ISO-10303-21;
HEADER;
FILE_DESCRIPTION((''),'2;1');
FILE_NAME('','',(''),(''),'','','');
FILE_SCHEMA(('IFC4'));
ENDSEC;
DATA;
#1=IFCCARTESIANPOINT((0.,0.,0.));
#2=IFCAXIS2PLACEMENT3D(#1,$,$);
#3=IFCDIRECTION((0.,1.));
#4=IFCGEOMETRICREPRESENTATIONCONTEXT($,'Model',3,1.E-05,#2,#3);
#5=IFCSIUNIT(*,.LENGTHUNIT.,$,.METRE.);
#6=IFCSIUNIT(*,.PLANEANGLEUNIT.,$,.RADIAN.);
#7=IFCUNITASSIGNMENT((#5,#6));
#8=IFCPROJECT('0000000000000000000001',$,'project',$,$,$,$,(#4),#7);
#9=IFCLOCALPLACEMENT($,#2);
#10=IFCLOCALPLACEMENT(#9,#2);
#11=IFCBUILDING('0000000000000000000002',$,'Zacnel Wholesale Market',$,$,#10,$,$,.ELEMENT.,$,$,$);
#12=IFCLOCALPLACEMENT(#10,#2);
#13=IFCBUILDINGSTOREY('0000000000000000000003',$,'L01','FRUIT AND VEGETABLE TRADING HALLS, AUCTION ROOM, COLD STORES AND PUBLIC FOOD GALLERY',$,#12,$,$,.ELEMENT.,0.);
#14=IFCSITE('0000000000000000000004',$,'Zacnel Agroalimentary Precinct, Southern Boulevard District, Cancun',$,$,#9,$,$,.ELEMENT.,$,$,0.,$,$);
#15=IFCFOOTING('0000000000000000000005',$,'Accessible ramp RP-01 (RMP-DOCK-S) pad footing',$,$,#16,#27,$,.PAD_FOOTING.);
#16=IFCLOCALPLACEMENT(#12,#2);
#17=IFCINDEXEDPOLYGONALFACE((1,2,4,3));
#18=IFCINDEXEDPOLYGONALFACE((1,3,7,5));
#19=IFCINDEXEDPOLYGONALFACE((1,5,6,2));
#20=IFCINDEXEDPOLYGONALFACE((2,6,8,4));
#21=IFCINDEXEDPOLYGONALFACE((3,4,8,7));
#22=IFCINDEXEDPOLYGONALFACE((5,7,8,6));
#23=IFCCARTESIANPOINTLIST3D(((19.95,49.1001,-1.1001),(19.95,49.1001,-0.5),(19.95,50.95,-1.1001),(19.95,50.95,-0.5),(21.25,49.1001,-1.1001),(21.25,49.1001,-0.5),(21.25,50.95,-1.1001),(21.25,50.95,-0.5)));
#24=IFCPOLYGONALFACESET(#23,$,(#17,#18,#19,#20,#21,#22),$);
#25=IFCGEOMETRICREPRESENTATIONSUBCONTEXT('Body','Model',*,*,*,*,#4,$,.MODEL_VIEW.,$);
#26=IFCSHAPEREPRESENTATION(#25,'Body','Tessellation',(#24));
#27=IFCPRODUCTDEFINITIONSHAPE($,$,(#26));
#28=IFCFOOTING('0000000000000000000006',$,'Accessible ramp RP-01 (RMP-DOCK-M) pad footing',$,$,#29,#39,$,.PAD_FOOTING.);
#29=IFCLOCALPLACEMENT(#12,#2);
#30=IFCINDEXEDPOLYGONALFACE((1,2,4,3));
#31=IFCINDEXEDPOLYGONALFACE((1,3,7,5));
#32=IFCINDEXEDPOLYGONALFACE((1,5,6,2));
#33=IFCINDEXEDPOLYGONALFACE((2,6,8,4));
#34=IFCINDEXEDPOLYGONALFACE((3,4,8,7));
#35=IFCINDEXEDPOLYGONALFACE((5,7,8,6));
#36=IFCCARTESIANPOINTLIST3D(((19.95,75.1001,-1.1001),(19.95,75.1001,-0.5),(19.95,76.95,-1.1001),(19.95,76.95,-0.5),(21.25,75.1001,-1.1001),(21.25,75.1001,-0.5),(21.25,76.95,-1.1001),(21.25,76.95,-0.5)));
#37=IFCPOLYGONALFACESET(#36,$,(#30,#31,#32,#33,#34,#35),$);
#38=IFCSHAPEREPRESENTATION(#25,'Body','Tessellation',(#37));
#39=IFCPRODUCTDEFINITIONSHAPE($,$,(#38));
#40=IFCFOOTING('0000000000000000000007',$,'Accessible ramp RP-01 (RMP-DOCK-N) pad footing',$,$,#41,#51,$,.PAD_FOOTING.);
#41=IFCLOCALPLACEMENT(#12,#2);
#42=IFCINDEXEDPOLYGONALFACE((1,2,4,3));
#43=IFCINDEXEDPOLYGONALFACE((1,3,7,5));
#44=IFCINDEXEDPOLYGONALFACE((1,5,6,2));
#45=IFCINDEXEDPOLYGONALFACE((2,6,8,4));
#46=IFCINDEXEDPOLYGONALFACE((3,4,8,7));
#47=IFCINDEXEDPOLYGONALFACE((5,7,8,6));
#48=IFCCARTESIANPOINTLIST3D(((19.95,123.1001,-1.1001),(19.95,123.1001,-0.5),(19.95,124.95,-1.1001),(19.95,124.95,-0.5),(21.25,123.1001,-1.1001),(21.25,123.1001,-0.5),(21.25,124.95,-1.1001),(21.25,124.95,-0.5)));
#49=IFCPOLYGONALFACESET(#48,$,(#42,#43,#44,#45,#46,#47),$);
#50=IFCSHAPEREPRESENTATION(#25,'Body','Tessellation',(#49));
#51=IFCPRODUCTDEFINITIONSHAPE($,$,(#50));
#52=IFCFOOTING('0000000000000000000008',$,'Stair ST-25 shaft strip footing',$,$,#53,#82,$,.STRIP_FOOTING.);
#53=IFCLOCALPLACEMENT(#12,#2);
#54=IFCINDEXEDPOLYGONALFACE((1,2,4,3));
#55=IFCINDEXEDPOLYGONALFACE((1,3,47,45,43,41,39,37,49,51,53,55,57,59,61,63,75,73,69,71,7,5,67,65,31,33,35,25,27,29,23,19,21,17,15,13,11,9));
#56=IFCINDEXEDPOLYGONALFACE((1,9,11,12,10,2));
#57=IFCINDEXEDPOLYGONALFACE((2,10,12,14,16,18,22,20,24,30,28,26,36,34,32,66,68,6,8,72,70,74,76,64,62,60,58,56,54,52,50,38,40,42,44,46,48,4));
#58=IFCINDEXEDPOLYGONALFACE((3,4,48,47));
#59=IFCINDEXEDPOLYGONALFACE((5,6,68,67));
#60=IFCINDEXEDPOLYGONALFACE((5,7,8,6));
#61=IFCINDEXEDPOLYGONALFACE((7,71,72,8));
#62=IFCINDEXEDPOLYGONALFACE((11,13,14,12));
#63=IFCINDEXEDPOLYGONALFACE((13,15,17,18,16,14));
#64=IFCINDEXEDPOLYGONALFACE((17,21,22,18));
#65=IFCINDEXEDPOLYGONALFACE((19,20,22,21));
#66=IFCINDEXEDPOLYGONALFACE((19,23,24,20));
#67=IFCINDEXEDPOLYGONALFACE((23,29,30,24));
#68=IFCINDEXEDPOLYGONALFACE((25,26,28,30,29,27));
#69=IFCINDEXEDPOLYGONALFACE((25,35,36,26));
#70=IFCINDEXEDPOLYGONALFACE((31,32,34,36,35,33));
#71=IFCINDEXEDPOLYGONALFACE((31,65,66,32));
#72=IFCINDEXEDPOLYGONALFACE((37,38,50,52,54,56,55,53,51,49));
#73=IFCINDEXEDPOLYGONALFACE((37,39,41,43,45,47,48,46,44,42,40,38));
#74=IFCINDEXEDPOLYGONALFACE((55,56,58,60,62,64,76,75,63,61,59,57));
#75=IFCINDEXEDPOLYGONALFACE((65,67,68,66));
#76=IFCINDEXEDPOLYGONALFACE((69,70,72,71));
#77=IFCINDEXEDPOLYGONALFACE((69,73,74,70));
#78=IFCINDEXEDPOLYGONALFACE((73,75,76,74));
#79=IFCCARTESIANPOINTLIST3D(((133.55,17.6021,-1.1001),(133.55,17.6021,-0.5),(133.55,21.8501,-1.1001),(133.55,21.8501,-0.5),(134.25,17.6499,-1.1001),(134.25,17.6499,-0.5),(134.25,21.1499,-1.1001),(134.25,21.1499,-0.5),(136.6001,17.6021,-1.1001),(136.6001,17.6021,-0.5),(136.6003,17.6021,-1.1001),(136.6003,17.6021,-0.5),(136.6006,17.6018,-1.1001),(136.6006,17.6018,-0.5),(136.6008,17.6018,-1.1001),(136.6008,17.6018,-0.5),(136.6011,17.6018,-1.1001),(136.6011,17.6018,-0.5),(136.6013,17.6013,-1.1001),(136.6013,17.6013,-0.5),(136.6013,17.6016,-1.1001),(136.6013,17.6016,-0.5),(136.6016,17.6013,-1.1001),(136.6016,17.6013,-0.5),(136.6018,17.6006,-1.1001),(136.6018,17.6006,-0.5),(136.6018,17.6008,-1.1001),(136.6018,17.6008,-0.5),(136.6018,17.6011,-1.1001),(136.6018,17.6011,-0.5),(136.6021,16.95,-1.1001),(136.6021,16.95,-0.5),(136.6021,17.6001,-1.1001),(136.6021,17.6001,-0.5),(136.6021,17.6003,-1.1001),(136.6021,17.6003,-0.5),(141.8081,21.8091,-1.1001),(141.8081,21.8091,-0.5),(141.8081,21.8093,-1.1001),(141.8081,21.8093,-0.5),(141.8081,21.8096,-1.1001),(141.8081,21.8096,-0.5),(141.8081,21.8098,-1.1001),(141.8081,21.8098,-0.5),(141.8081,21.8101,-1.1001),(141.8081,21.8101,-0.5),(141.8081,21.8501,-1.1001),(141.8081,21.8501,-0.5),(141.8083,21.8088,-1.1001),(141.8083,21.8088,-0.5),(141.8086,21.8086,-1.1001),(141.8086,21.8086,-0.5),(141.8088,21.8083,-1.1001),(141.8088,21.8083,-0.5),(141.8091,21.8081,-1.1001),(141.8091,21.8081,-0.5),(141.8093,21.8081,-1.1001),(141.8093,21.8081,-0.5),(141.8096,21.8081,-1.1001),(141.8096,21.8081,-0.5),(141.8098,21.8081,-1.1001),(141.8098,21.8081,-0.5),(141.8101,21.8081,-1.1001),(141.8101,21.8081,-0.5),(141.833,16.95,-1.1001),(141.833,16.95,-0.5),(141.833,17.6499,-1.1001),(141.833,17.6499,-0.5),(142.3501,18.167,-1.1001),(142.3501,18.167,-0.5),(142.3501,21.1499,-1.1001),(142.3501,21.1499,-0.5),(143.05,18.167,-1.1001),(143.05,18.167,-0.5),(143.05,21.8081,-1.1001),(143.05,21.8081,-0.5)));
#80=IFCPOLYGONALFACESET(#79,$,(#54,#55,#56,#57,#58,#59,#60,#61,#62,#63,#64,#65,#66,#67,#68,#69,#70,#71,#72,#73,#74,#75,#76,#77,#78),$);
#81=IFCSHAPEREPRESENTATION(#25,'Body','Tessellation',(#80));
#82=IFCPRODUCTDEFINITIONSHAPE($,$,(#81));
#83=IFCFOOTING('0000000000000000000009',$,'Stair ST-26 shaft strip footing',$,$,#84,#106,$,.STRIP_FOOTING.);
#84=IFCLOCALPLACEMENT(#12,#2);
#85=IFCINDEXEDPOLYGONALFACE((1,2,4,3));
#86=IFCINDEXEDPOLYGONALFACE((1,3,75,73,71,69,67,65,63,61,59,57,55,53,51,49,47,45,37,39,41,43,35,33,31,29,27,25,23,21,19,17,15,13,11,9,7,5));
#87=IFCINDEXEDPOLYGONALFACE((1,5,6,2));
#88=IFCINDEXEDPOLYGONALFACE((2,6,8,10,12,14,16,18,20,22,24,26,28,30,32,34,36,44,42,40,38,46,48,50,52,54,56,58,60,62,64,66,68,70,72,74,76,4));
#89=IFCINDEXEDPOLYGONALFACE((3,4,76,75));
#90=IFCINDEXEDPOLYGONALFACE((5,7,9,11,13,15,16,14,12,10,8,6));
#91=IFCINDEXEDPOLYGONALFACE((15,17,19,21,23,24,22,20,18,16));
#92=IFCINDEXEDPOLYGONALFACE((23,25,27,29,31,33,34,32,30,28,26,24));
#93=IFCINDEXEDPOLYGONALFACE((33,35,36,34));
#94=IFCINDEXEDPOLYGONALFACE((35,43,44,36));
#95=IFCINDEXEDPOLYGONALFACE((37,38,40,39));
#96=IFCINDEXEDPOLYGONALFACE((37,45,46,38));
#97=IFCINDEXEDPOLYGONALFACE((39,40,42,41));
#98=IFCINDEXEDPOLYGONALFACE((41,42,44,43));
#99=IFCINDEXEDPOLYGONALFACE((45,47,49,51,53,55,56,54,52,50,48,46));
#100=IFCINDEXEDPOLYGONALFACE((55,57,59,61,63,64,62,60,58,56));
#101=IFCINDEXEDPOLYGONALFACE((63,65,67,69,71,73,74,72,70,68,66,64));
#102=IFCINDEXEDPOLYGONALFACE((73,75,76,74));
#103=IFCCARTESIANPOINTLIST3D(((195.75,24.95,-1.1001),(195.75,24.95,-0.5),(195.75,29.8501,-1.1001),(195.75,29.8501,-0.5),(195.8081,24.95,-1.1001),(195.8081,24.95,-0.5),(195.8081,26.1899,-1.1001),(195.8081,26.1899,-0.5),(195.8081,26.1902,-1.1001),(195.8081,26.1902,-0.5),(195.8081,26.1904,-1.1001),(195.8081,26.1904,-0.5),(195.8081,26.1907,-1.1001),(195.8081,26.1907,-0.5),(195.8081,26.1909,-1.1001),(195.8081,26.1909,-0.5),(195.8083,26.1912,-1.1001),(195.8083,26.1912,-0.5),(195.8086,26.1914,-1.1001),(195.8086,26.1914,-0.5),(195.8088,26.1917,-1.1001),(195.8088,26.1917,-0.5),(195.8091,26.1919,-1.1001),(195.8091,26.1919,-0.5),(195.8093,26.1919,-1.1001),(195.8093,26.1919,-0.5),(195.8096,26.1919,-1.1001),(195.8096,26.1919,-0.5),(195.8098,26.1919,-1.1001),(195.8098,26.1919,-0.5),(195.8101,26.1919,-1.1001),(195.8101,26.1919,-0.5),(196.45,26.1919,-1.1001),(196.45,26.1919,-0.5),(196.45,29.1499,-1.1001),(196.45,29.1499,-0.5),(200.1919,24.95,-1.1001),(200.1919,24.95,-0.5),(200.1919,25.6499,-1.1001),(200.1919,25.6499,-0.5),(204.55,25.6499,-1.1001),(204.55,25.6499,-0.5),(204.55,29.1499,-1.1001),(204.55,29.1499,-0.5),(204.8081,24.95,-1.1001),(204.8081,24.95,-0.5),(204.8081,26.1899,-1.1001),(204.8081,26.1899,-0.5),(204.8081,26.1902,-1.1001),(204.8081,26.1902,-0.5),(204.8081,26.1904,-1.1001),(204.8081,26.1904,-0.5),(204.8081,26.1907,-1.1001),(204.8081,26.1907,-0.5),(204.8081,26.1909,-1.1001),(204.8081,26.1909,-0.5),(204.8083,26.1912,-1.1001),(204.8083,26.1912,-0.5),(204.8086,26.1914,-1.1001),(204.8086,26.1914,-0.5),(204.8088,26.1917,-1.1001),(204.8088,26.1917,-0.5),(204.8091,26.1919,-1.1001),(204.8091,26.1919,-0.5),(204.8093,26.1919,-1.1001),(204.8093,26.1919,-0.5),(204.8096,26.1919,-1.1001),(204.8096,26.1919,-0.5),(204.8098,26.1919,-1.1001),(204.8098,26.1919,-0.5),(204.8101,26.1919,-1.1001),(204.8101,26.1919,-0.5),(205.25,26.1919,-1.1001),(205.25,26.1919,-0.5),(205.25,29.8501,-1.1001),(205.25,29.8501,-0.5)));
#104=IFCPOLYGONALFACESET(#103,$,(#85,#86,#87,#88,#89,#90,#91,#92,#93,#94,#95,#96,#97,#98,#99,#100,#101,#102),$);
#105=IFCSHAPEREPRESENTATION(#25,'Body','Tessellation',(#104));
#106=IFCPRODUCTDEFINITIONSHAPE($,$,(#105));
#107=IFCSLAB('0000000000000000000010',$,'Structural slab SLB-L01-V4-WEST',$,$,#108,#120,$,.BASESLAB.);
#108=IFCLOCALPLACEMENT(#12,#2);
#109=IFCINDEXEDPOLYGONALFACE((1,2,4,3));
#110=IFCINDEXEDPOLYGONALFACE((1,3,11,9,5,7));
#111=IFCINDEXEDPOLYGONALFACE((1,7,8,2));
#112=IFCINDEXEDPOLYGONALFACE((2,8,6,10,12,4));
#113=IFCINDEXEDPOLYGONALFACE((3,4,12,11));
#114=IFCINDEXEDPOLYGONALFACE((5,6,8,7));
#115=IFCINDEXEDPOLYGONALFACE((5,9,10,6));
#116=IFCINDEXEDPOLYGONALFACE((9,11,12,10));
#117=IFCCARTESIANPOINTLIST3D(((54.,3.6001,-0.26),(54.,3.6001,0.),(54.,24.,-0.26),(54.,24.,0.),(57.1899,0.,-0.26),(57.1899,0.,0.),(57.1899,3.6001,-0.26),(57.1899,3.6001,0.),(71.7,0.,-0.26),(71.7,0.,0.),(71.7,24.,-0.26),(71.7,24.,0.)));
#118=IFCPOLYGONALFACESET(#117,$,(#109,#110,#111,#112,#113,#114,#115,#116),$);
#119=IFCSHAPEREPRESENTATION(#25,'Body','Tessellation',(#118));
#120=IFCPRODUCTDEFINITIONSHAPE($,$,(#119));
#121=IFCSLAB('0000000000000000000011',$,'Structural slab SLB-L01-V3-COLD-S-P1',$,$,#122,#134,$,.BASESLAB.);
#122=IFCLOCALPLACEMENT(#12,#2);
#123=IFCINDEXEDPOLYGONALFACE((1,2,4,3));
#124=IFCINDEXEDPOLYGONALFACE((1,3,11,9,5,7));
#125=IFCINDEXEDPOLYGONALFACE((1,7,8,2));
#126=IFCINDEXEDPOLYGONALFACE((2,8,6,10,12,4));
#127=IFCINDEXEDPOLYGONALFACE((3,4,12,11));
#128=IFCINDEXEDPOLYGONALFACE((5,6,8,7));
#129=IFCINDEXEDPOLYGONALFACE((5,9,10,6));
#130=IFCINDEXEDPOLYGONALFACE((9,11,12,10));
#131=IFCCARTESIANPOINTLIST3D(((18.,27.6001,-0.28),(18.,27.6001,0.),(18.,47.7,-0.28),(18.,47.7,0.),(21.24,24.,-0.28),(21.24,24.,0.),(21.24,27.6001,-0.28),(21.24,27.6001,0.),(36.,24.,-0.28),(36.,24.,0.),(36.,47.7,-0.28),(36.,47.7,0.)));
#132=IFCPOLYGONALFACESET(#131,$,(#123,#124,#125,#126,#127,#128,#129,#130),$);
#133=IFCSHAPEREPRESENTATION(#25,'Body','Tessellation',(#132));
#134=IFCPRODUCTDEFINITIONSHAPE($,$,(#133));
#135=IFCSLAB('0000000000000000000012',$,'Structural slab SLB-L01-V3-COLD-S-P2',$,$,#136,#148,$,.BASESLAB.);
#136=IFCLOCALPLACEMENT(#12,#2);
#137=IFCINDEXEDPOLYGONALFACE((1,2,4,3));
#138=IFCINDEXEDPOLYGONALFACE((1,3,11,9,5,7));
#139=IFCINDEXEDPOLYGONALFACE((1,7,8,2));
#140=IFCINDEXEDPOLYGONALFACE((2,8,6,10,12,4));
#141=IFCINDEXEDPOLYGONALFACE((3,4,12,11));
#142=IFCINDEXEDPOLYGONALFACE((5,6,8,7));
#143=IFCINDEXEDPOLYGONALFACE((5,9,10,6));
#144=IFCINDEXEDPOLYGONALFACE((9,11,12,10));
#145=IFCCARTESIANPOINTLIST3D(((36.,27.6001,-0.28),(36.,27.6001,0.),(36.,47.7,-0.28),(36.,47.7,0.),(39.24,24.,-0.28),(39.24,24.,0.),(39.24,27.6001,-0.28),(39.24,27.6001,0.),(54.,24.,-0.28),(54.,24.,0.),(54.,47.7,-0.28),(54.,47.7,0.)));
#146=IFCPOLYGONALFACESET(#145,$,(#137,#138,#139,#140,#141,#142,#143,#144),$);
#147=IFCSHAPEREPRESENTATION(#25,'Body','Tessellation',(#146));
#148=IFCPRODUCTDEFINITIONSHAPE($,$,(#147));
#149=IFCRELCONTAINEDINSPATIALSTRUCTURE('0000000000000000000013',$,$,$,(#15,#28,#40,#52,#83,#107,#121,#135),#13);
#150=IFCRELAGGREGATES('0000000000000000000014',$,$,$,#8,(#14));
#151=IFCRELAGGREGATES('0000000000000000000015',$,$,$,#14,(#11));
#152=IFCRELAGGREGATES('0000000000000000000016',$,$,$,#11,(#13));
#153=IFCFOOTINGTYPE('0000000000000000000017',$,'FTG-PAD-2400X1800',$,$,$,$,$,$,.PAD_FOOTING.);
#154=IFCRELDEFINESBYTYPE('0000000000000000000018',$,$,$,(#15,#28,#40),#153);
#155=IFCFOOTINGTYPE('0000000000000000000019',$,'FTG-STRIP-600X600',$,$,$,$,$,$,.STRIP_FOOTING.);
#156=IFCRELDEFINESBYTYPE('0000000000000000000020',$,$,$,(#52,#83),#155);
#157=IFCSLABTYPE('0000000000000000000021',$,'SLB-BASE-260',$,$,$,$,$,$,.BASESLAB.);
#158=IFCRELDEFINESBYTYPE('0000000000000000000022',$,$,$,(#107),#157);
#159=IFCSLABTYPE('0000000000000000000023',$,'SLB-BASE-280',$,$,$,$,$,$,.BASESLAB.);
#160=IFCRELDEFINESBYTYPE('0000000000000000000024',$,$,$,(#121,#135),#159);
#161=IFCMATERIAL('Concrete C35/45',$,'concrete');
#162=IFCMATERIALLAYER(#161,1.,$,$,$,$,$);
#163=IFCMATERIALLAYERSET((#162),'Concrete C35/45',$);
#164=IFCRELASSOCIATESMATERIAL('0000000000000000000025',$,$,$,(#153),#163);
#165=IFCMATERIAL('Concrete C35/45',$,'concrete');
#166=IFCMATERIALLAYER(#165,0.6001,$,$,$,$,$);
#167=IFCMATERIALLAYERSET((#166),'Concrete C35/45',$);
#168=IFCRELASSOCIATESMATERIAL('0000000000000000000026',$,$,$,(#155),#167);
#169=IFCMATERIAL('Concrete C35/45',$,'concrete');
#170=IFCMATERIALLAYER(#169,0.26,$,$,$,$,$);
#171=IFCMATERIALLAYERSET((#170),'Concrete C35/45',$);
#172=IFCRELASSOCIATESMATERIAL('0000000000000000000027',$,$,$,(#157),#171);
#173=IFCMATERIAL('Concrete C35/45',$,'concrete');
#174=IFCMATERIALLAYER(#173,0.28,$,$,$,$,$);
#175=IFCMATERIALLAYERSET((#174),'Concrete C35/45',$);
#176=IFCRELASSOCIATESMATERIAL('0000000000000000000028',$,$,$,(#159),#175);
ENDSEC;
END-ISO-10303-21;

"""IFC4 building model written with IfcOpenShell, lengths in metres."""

from ifc_helpers import new_model, si_unit, direction, frame, origin, place, context, subcontext, project, spatial, polyline, outline, extrude, material, layer, layer_set, type_object, element, save


model = new_model("IFC4")

# Units and contexts
model_context = context("Model", 3, precision=1e-05, world=origin(), true_north=direction((0.0, 1.0)))
body_context = subcontext(model_context, "Body", "Model", "MODEL_VIEW")
ifc_project = project(units=[si_unit("LENGTHUNIT", "METRE"), si_unit("PLANEANGLEUNIT", "RADIAN")], contexts=[model_context])

# Site, building, storey
site_placement = place(None, origin())
site = spatial("IfcSite", under=ifc_project, at=site_placement, Name="Zacnel Agroalimentary Precinct, Southern Boulevard District, Cancun", CompositionType="ELEMENT", RefElevation=0.0)
building_placement = place(site_placement, origin())
building = spatial("IfcBuilding", under=site, at=building_placement, Name="Zacnel Wholesale Market", CompositionType="ELEMENT")
storey_placement = place(building_placement, origin())
storey = spatial("IfcBuildingStorey", under=building, at=storey_placement, Name="L01", Description="FRUIT AND VEGETABLE TRADING HALLS, AUCTION ROOM, COLD STORES AND PUBLIC FOOD GALLERY", CompositionType="ELEMENT", Elevation=0.0)

# Footings
ifc_material_1 = material(Name="Concrete C35/45", Category="concrete")
ifc_layer_1 = layer(ifc_material_1, 1.0)
ifc_layer_set_1 = layer_set([ifc_layer_1], Name="Concrete C35/45")
footing_type_1 = type_object("IfcFootingType", Name="FTG-PAD-2400X1800", PredefinedType="PAD_FOOTING", material=ifc_layer_set_1)
footing_1_placement = place(storey_placement, frame((0.0, 0.0, -1.1001)))
element("IfcFooting", 1, at=footing_1_placement, inside=storey, type_object=footing_type_1, Name="Accessible ramp RP-01 (RMP-DOCK-S) pad footing", PredefinedType="PAD_FOOTING", context=body_context, shape_type="SweptSolid", body=[
    extrude(outline(polyline([(21.25, 49.1001), (21.25, 50.95), (19.95, 50.95), (19.95, 49.1001), (21.25, 49.1001)])), origin(), (0.0, 0.0, 1.0), 0.6001),
])
footing_2_placement = place(storey_placement, frame((0.0, 0.0, -1.1001)))
element("IfcFooting", 2, at=footing_2_placement, inside=storey, type_object=footing_type_1, Name="Accessible ramp RP-01 (RMP-DOCK-M) pad footing", PredefinedType="PAD_FOOTING", context=body_context, shape_type="SweptSolid", body=[
    extrude(outline(polyline([(21.25, 75.1001), (21.25, 76.95), (19.95, 76.95), (19.95, 75.1001), (21.25, 75.1001)])), origin(), (0.0, 0.0, 1.0), 0.6001),
])
footing_3_placement = place(storey_placement, frame((0.0, 0.0, -1.1001)))
element("IfcFooting", 3, at=footing_3_placement, inside=storey, type_object=footing_type_1, Name="Accessible ramp RP-01 (RMP-DOCK-N) pad footing", PredefinedType="PAD_FOOTING", context=body_context, shape_type="SweptSolid", body=[
    extrude(outline(polyline([(21.25, 123.1001), (21.25, 124.95), (19.95, 124.95), (19.95, 123.1001), (21.25, 123.1001)])), origin(), (0.0, 0.0, 1.0), 0.6001),
])
ifc_material_2 = material(Name="Concrete C35/45", Category="concrete")
ifc_layer_2 = layer(ifc_material_2, 0.6001)
ifc_layer_set_2 = layer_set([ifc_layer_2], Name="Concrete C35/45")
footing_type_2 = type_object("IfcFootingType", Name="FTG-STRIP-600X600", PredefinedType="STRIP_FOOTING", material=ifc_layer_set_2)
footing_4_placement = place(storey_placement, frame((0.0, 0.0, -1.1001)))
element("IfcFooting", 4, at=footing_4_placement, inside=storey, type_object=footing_type_2, Name="Stair ST-25 shaft strip footing", PredefinedType="STRIP_FOOTING", context=body_context, shape_type="SweptSolid", body=[
    extrude(outline(polyline([(143.05, 18.167), (142.3501, 18.167), (142.3501, 21.1499), (134.25, 21.1499), (134.25, 17.6499), (141.833, 17.6499), (141.833, 16.95), (136.6021, 16.95), (136.6021, 17.6001), (136.6021, 17.6001), (136.6021, 17.6003), (136.6018, 17.6006), (136.6018, 17.6008), (136.6018, 17.6008), (136.6018, 17.6011), (136.6016, 17.6013), (136.6013, 17.6013), (136.6013, 17.6016), (136.6011, 17.6018), (136.6008, 17.6018), (136.6008, 17.6018), (136.6006, 17.6018), (136.6003, 17.6021), (136.6001, 17.6021), (136.6001, 17.6021), (133.55, 17.6021), (133.55, 21.8501), (141.8081, 21.8501), (141.8081, 21.8101), (141.8081, 21.8098), (141.8081, 21.8096), (141.8081, 21.8093), (141.8081, 21.8091), (141.8081, 21.8091), (141.8083, 21.8088), (141.8086, 21.8086), (141.8086, 21.8086), (141.8086, 21.8086), (141.8088, 21.8083), (141.8091, 21.8081), (141.8091, 21.8081), (141.8093, 21.8081), (141.8096, 21.8081), (141.8098, 21.8081), (141.8101, 21.8081), (143.05, 21.8081), (143.05, 18.167)])), origin(), (0.0, 0.0, 1.0), 0.6001),
])
footing_5_placement = place(storey_placement, frame((0.0, 0.0, -1.1001)))
element("IfcFooting", 5, at=footing_5_placement, inside=storey, type_object=footing_type_2, Name="Stair ST-26 shaft strip footing", PredefinedType="STRIP_FOOTING", context=body_context, shape_type="SweptSolid", body=[
    extrude(outline(polyline([(205.25, 29.8501), (205.25, 26.1919), (204.8101, 26.1919), (204.8098, 26.1919), (204.8096, 26.1919), (204.8093, 26.1919), (204.8091, 26.1919), (204.8091, 26.1919), (204.8088, 26.1917), (204.8086, 26.1914), (204.8086, 26.1914), (204.8086, 26.1914), (204.8083, 26.1912), (204.8081, 26.1909), (204.8081, 26.1909), (204.8081, 26.1907), (204.8081, 26.1904), (204.8081, 26.1902), (204.8081, 26.1899), (204.8081, 24.95), (200.1919, 24.95), (200.1919, 25.6499), (204.55, 25.6499), (204.55, 29.1499), (196.45, 29.1499), (196.45, 26.1919), (195.8101, 26.1919), (195.8098, 26.1919), (195.8096, 26.1919), (195.8093, 26.1919), (195.8091, 26.1919), (195.8091, 26.1919), (195.8088, 26.1917), (195.8086, 26.1914), (195.8086, 26.1914), (195.8086, 26.1914), (195.8083, 26.1912), (195.8081, 26.1909), (195.8081, 26.1909), (195.8081, 26.1907), (195.8081, 26.1904), (195.8081, 26.1902), (195.8081, 26.1899), (195.8081, 24.95), (195.75, 24.95), (195.75, 29.8501), (205.25, 29.8501)])), origin(), (0.0, 0.0, 1.0), 0.6001),
])

# Slabs
ifc_material_3 = material(Name="Concrete C35/45", Category="concrete")
ifc_layer_3 = layer(ifc_material_3, 0.26)
ifc_layer_set_3 = layer_set([ifc_layer_3], Name="Concrete C35/45")
slab_type_1 = type_object("IfcSlabType", Name="SLB-BASE-260", PredefinedType="BASESLAB", material=ifc_layer_set_3)
slab_1_placement = place(storey_placement, frame((0.0, 0.0, -0.26)))
element("IfcSlab", 6, at=slab_1_placement, inside=storey, type_object=slab_type_1, Name="Structural slab SLB-L01-V4-WEST", PredefinedType="BASESLAB", context=body_context, shape_type="SweptSolid", body=[
    extrude(outline(polyline([(57.1899, 0.0), (71.7, 0.0), (71.7, 24.0), (54.0, 24.0), (54.0, 3.6001), (57.1899, 3.6001), (57.1899, 0.0)])), origin(), (0.0, 0.0, 1.0), 0.26),
])
ifc_material_4 = material(Name="Concrete C35/45", Category="concrete")
ifc_layer_4 = layer(ifc_material_4, 0.28)
ifc_layer_set_4 = layer_set([ifc_layer_4], Name="Concrete C35/45")
slab_type_2 = type_object("IfcSlabType", Name="SLB-BASE-280", PredefinedType="BASESLAB", material=ifc_layer_set_4)
slab_2_placement = place(storey_placement, frame((0.0, 0.0, -0.28)))
element("IfcSlab", 7, at=slab_2_placement, inside=storey, type_object=slab_type_2, Name="Structural slab SLB-L01-V3-COLD-S-P1", PredefinedType="BASESLAB", context=body_context, shape_type="SweptSolid", body=[
    extrude(outline(polyline([(21.24, 24.0), (36.0, 24.0), (36.0, 47.7), (18.0, 47.7), (18.0, 27.6001), (21.24, 27.6001), (21.24, 24.0)])), origin(), (0.0, 0.0, 1.0), 0.28),
])
slab_3_placement = place(storey_placement, frame((0.0, 0.0, -0.28)))
element("IfcSlab", 8, at=slab_3_placement, inside=storey, type_object=slab_type_2, Name="Structural slab SLB-L01-V3-COLD-S-P2", PredefinedType="BASESLAB", context=body_context, shape_type="SweptSolid", body=[
    extrude(outline(polyline([(39.24, 24.0), (54.0, 24.0), (54.0, 47.7), (36.0, 47.7), (36.0, 27.6001), (39.24, 27.6001), (39.24, 24.0)])), origin(), (0.0, 0.0, 1.0), 0.28),
])

save(model, "model.ifc")
